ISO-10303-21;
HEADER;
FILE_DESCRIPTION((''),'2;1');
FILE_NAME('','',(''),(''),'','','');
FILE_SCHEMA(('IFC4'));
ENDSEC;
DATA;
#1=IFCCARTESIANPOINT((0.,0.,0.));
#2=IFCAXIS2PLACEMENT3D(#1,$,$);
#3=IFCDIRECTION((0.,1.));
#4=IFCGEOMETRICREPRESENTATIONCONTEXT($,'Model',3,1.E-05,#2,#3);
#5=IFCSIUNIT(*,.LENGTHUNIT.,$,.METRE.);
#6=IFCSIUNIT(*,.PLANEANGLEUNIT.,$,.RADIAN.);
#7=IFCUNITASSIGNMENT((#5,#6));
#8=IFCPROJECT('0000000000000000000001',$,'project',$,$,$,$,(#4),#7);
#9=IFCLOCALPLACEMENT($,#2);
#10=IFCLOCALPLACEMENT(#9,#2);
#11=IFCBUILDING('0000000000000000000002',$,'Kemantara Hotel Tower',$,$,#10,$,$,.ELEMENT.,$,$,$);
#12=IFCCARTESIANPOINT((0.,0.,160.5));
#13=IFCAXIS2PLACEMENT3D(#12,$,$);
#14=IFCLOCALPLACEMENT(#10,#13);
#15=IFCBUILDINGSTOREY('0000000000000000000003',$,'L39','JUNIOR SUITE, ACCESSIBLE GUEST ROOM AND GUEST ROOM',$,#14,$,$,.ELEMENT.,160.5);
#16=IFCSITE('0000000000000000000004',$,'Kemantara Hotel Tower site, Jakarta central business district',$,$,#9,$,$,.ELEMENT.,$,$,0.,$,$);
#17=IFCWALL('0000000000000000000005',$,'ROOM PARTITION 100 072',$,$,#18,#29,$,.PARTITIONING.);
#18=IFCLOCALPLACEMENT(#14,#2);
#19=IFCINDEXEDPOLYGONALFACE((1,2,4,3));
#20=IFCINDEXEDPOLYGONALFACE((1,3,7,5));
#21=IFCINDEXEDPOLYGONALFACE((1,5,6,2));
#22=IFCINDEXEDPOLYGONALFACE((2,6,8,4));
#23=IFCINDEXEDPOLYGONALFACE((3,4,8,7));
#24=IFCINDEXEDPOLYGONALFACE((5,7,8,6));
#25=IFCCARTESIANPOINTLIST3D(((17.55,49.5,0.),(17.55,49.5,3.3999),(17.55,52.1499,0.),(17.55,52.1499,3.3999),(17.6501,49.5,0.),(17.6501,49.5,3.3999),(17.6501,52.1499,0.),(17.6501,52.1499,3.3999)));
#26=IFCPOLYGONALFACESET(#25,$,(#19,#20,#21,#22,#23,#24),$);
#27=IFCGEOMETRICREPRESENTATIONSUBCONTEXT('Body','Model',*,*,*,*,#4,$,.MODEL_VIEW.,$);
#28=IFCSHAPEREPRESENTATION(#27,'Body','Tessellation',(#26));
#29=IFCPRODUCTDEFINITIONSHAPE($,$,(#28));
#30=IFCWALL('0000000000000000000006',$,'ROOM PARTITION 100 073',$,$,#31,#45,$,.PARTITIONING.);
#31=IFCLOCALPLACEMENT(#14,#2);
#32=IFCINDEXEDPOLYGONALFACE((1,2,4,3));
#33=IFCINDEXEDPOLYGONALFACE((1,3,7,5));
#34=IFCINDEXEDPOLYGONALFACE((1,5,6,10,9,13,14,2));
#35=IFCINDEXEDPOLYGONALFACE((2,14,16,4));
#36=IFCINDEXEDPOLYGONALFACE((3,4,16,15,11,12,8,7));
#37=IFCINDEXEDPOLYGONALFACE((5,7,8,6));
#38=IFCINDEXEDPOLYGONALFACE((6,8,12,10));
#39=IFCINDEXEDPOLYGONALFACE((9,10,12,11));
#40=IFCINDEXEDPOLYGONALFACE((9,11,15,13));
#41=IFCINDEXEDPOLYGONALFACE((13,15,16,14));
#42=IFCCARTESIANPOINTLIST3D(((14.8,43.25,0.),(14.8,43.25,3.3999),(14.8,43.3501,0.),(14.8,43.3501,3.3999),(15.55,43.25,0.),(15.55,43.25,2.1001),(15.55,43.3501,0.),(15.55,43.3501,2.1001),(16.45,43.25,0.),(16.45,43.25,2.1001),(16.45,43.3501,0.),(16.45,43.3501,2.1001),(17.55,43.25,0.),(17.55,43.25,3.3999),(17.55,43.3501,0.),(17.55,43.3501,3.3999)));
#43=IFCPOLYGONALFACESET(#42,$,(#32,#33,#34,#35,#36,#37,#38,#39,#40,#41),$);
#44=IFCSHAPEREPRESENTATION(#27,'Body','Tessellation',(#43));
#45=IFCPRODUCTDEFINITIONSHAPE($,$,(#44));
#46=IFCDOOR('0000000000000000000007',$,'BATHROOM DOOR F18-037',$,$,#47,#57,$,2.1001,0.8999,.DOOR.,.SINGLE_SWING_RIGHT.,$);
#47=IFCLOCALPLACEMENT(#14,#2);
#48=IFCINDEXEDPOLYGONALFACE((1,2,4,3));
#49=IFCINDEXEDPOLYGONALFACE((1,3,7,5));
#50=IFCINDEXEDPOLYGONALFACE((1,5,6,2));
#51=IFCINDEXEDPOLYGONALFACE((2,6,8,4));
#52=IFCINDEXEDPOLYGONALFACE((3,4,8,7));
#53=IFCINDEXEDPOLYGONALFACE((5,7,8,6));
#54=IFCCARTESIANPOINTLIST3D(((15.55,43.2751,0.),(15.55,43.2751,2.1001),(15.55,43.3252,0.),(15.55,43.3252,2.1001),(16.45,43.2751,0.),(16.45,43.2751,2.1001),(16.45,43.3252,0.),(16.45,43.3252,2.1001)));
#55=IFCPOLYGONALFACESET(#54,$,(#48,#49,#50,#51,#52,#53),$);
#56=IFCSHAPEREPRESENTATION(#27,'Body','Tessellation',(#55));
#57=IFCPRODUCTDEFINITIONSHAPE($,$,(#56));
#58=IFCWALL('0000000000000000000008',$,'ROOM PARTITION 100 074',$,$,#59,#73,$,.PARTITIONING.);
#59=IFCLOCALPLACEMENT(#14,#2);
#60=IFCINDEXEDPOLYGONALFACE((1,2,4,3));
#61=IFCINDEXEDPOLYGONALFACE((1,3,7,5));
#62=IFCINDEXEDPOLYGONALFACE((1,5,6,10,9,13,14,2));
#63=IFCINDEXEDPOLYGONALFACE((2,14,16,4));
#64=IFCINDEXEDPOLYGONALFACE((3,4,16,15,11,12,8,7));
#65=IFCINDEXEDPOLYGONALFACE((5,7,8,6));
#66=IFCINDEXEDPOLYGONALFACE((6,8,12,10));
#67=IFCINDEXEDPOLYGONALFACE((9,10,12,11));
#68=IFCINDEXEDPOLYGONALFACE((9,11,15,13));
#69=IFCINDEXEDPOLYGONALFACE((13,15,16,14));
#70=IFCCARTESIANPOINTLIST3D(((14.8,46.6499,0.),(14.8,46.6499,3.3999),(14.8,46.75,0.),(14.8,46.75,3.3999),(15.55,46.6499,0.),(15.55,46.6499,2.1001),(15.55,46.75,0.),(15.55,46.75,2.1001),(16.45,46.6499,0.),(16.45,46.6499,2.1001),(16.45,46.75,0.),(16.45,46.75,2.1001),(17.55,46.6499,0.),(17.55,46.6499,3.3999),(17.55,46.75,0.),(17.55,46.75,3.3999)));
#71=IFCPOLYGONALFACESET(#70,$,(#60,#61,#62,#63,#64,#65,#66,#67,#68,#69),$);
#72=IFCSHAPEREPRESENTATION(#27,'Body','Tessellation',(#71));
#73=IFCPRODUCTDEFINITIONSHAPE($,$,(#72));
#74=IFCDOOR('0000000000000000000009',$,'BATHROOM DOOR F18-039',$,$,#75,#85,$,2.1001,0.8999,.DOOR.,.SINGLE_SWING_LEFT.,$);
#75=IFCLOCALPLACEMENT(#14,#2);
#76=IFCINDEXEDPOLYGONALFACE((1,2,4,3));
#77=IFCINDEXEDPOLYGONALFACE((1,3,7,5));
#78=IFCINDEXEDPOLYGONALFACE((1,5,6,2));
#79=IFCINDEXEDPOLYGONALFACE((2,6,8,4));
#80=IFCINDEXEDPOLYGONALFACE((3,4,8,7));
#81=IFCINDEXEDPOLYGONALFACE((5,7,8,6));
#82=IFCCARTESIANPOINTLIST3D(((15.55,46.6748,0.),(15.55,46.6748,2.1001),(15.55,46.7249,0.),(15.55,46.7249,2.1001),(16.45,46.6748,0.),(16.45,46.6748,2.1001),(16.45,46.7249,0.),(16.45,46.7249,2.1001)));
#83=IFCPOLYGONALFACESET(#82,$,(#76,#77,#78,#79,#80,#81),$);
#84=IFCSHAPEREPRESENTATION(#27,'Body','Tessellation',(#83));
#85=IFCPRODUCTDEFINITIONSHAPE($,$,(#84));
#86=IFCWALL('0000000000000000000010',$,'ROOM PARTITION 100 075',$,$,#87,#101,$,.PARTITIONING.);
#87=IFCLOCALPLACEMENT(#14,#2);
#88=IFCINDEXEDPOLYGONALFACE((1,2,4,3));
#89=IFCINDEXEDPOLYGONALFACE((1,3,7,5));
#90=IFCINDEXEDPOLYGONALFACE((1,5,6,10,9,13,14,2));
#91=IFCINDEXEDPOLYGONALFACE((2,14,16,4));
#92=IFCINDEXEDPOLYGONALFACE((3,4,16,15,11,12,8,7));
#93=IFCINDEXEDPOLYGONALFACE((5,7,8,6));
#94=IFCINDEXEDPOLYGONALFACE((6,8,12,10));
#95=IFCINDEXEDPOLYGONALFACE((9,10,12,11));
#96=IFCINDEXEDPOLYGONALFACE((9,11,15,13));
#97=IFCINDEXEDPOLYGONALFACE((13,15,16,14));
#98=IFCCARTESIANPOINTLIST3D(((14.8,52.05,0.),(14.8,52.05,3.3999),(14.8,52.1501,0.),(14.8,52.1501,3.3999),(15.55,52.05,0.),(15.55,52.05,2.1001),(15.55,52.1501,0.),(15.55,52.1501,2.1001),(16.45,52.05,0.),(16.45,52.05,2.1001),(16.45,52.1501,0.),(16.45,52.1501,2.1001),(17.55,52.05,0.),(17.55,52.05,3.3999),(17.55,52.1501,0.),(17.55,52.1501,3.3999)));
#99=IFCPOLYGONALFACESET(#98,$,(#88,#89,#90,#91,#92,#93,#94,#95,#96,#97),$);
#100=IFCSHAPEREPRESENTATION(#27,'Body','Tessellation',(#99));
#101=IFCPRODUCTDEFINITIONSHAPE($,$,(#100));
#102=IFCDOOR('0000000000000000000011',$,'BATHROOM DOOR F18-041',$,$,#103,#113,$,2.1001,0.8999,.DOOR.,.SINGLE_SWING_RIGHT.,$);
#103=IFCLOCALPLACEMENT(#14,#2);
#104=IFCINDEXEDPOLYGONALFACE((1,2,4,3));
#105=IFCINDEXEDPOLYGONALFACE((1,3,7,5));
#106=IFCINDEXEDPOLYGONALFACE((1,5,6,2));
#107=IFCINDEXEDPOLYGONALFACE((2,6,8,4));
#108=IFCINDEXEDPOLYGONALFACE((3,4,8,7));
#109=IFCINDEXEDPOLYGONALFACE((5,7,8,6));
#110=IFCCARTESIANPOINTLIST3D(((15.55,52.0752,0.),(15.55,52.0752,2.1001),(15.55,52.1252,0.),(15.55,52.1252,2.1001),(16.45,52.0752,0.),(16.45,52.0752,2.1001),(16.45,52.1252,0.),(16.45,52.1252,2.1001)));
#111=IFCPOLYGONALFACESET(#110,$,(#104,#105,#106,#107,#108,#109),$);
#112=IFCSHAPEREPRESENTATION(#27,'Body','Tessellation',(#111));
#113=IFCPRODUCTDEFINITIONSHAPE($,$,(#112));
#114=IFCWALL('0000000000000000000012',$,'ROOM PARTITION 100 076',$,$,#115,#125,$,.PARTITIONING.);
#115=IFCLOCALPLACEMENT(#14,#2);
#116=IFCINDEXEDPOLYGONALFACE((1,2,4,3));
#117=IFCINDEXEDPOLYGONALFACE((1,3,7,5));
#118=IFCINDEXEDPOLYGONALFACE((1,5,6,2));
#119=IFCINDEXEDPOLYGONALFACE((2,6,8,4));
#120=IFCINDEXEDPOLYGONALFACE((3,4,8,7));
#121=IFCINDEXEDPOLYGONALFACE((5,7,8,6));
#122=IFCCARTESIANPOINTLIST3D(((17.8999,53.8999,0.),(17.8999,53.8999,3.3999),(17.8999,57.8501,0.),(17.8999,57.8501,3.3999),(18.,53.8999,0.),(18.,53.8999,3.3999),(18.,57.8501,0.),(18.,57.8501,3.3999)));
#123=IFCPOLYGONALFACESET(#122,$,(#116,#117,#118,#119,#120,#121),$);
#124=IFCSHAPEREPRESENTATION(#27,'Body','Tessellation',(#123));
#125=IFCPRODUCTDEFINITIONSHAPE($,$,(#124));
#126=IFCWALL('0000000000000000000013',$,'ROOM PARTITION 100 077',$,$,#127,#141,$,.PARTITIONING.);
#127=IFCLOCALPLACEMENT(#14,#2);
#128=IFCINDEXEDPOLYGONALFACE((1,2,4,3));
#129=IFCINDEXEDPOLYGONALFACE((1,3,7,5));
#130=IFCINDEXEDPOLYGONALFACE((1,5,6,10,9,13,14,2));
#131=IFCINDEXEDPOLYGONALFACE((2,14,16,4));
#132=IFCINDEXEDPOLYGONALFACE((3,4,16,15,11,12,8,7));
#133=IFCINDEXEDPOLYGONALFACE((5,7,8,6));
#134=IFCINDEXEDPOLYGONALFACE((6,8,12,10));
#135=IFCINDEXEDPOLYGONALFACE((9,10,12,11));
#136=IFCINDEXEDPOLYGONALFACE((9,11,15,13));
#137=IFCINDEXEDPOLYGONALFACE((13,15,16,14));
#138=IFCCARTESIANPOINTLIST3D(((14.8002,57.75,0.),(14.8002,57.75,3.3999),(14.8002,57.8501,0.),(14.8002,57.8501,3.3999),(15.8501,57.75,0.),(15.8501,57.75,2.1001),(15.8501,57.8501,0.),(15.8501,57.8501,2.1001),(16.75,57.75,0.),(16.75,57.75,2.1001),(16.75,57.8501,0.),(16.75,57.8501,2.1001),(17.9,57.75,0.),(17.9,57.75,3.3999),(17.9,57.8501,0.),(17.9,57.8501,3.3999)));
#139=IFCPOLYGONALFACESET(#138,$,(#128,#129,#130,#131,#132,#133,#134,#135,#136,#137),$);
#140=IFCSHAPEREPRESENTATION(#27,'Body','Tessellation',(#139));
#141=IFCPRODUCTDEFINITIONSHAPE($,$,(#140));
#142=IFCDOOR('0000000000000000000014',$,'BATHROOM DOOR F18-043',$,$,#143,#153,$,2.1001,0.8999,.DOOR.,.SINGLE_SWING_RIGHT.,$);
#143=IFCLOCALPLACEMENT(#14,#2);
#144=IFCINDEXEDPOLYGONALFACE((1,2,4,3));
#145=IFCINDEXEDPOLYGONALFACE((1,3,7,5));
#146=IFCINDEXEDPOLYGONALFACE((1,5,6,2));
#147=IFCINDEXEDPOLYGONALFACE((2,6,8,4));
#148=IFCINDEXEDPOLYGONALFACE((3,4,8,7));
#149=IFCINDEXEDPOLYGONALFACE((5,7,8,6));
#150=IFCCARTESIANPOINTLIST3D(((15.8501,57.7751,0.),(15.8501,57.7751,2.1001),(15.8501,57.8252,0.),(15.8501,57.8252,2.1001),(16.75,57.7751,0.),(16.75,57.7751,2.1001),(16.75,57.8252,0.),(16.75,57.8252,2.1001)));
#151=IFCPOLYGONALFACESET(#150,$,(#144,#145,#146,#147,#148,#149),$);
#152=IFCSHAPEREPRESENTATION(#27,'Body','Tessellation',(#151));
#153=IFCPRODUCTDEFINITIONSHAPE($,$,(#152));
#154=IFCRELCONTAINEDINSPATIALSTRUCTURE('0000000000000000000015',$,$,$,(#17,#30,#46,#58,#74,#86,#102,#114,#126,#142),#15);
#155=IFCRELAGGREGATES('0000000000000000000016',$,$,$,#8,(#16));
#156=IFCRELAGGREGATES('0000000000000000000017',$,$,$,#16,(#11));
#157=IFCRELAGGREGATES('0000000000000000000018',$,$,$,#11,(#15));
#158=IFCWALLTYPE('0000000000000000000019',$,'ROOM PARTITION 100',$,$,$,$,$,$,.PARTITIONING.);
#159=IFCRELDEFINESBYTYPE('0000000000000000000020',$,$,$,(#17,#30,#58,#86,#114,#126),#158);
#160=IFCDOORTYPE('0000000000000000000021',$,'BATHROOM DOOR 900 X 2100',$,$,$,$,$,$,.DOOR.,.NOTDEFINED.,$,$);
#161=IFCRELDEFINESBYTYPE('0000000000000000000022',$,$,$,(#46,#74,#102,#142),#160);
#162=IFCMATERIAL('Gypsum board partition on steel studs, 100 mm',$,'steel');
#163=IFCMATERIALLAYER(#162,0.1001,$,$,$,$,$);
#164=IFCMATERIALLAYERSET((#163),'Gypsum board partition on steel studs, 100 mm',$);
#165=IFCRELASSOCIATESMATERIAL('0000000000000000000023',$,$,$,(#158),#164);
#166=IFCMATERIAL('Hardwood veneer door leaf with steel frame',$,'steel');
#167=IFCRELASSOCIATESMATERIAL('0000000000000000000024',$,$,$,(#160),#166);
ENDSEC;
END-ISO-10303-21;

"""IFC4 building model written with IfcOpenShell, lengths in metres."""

from ifc_helpers import new_model, si_unit, direction, frame, frame_2d, origin, place, context, subcontext, project, spatial, rectangle, extrude, material, layer, layer_set, type_object, element, fill, save


model = new_model("IFC4")

# Units and contexts
model_context = context("Model", 3, precision=1e-05, world=origin(), true_north=direction((0.0, 1.0)))
body_context = subcontext(model_context, "Body", "Model", "MODEL_VIEW")
ifc_project = project(units=[si_unit("LENGTHUNIT", "METRE"), si_unit("PLANEANGLEUNIT", "RADIAN")], contexts=[model_context])

# Site, building, storey
site_placement = place(None, origin())
site = spatial("IfcSite", under=ifc_project, at=site_placement, Name="Kemantara Hotel Tower site, Jakarta central business district", CompositionType="ELEMENT", RefElevation=0.0)
building_placement = place(site_placement, origin())
building = spatial("IfcBuilding", under=site, at=building_placement, Name="Kemantara Hotel Tower", CompositionType="ELEMENT")
storey_placement = place(building_placement, frame((0.0, 0.0, 160.5)))
storey = spatial("IfcBuildingStorey", under=building, at=storey_placement, Name="L39", Description="JUNIOR SUITE, ACCESSIBLE GUEST ROOM AND GUEST ROOM", CompositionType="ELEMENT", Elevation=160.5)

# Shared definitions
ifc_material_1 = material(Name="Gypsum board partition on steel studs, 100 mm", Category="steel")
ifc_layer_1 = layer(ifc_material_1, 0.1001)
ifc_layer_set_1 = layer_set([ifc_layer_1], Name="Gypsum board partition on steel studs, 100 mm")
wall_type_1 = type_object("IfcWallType", Name="ROOM PARTITION 100", PredefinedType="PARTITIONING", material=ifc_layer_set_1)

# Shared definitions
ifc_material_2 = material(Name="Hardwood veneer door leaf with steel frame", Category="steel")

# Wall
wall_1_placement = place(storey_placement, frame((17.6001, 49.5, 0.0), z_axis=(0.0, 0.0, 1.0), x_axis=(0.0, 1.0, 0.0)))
element("IfcWall", 1, at=wall_1_placement, inside=storey, type_object=wall_type_1, Name="ROOM PARTITION 100 072", PredefinedType="PARTITIONING", context=body_context, shape_type="SweptSolid", body=[
    extrude(rectangle(XDim=2.6499, YDim=0.1001, at=frame_2d((1.325, 0.0))), origin(), (0.0, 0.0, 1.0), 3.3999),
])

# Walls, openings, doors
wall_2_placement = place(storey_placement, frame((17.55, 43.3, 0.0), z_axis=(0.0, 0.0, 1.0), x_axis=(-1.0, 0.0, 0.0)))
wall_2 = element("IfcWall", 2, at=wall_2_placement, inside=storey, type_object=wall_type_1, Name="ROOM PARTITION 100 073", PredefinedType="PARTITIONING", context=body_context, shape_type="SweptSolid", body=[
    extrude(rectangle(XDim=2.75, YDim=0.1001, at=frame_2d((1.375, 0.0))), origin(), (0.0, 0.0, 1.0), 3.3999),
])
opening_1_placement = place(wall_2_placement, frame((1.1001, 0.0, 0.0)))
opening_1 = element("IfcOpeningElement", 3, at=opening_1_placement, cuts=wall_2, PredefinedType="OPENING", context=body_context, shape_type="SweptSolid", body=[
    extrude(rectangle(XDim=0.8999, YDim=2.1001, at=frame_2d((0.45, 1.05))), frame((0.0, 0.0601, 0.0), z_axis=(0.0, -1.0, 0.0), x_axis=(1.0, 0.0, 0.0)), (0.0, 0.0, 1.0), 0.1201),
])
door_type_1 = type_object("IfcDoorType", Name="BATHROOM DOOR 900 X 2100", OperationType="NOTDEFINED", PredefinedType="DOOR", material=ifc_material_2)
door_1_placement = place(opening_1_placement, origin())
door_1 = element("IfcDoor", 4, at=door_1_placement, inside=storey, type_object=door_type_1, Name="BATHROOM DOOR F18-037", OperationType="SINGLE_SWING_RIGHT", OverallHeight=2.1001, OverallWidth=0.8999, PredefinedType="DOOR", context=body_context, shape_type="SweptSolid", body=[
    extrude(rectangle(XDim=0.8999, YDim=2.1001, at=frame_2d((0.45, 1.05))), frame((0.0, 0.0249, 0.0), z_axis=(0.0, -1.0, 0.0), x_axis=(1.0, 0.0, 0.0)), (0.0, 0.0, 1.0), 0.05),
])
fill(opening_1, door_1)
wall_3_placement = place(storey_placement, frame((14.8, 46.7, 0.0), z_axis=(0.0, 0.0, 1.0), x_axis=(1.0, 0.0, 0.0)))
wall_3 = element("IfcWall", 5, at=wall_3_placement, inside=storey, type_object=wall_type_1, Name="ROOM PARTITION 100 074", PredefinedType="PARTITIONING", context=body_context, shape_type="SweptSolid", body=[
    extrude(rectangle(XDim=2.75, YDim=0.1001, at=frame_2d((1.375, 0.0))), origin(), (0.0, 0.0, 1.0), 3.3999),
])
opening_2_placement = place(wall_3_placement, frame((0.75, 0.0, 0.0)))
opening_2 = element("IfcOpeningElement", 6, at=opening_2_placement, cuts=wall_3, PredefinedType="OPENING", context=body_context, shape_type="SweptSolid", body=[
    extrude(rectangle(XDim=0.8999, YDim=2.1001, at=frame_2d((0.45, 1.05))), frame((0.0, 0.0601, 0.0), z_axis=(0.0, -1.0, 0.0), x_axis=(1.0, 0.0, 0.0)), (0.0, 0.0, 1.0), 0.1201),
])
door_2_placement = place(opening_2_placement, origin())
door_2 = element("IfcDoor", 7, at=door_2_placement, inside=storey, type_object=door_type_1, Name="BATHROOM DOOR F18-039", OperationType="SINGLE_SWING_LEFT", OverallHeight=2.1001, OverallWidth=0.8999, PredefinedType="DOOR", context=body_context, shape_type="SweptSolid", body=[
    extrude(rectangle(XDim=0.8999, YDim=2.1001, at=frame_2d((0.45, 1.05))), frame((0.0, 0.0249, 0.0), z_axis=(0.0, -1.0, 0.0), x_axis=(1.0, 0.0, 0.0)), (0.0, 0.0, 1.0), 0.05),
])
fill(opening_2, door_2)
wall_4_placement = place(storey_placement, frame((17.55, 52.1001, 0.0), z_axis=(0.0, 0.0, 1.0), x_axis=(-1.0, 0.0, 0.0)))
wall_4 = element("IfcWall", 8, at=wall_4_placement, inside=storey, type_object=wall_type_1, Name="ROOM PARTITION 100 075", PredefinedType="PARTITIONING", context=body_context, shape_type="SweptSolid", body=[
    extrude(rectangle(XDim=2.75, YDim=0.1001, at=frame_2d((1.375, 0.0))), origin(), (0.0, 0.0, 1.0), 3.3999),
])
opening_3_placement = place(wall_4_placement, frame((1.1001, 0.0, 0.0)))
opening_3 = element("IfcOpeningElement", 9, at=opening_3_placement, cuts=wall_4, PredefinedType="OPENING", context=body_context, shape_type="SweptSolid", body=[
    extrude(rectangle(XDim=0.8999, YDim=2.1001, at=frame_2d((0.45, 1.05))), frame((0.0, 0.0601, 0.0), z_axis=(0.0, -1.0, 0.0), x_axis=(1.0, 0.0, 0.0)), (0.0, 0.0, 1.0), 0.1201),
])
door_3_placement = place(opening_3_placement, origin())
door_3 = element("IfcDoor", 10, at=door_3_placement, inside=storey, type_object=door_type_1, Name="BATHROOM DOOR F18-041", OperationType="SINGLE_SWING_RIGHT", OverallHeight=2.1001, OverallWidth=0.8999, PredefinedType="DOOR", context=body_context, shape_type="SweptSolid", body=[
    extrude(rectangle(XDim=0.8999, YDim=2.1001, at=frame_2d((0.45, 1.05))), frame((0.0, 0.0249, 0.0), z_axis=(0.0, -1.0, 0.0), x_axis=(1.0, 0.0, 0.0)), (0.0, 0.0, 1.0), 0.05),
])
fill(opening_3, door_3)

# Wall
wall_5_placement = place(storey_placement, frame((17.95, 53.8999, 0.0), z_axis=(0.0, 0.0, 1.0), x_axis=(0.0, 1.0, 0.0)))
element("IfcWall", 11, at=wall_5_placement, inside=storey, type_object=wall_type_1, Name="ROOM PARTITION 100 076", PredefinedType="PARTITIONING", context=body_context, shape_type="SweptSolid", body=[
    extrude(rectangle(XDim=3.9502, YDim=0.1001, at=frame_2d((1.9751, 0.0))), origin(), (0.0, 0.0, 1.0), 3.3999),
])

# Wall, opening, door
wall_6_placement = place(storey_placement, frame((17.8999, 57.8, 0.0), z_axis=(0.0, 0.0, 1.0), x_axis=(-1.0, 0.0, 0.0)))
wall_6 = element("IfcWall", 12, at=wall_6_placement, inside=storey, type_object=wall_type_1, Name="ROOM PARTITION 100 077", PredefinedType="PARTITIONING", context=body_context, shape_type="SweptSolid", body=[
    extrude(rectangle(XDim=3.0999, YDim=0.1001, at=frame_2d((1.5498, 0.0))), origin(), (0.0, 0.0, 1.0), 3.3999),
])
opening_4_placement = place(wall_6_placement, frame((1.1499, 0.0, 0.0)))
opening_4 = element("IfcOpeningElement", 13, at=opening_4_placement, cuts=wall_6, PredefinedType="OPENING", context=body_context, shape_type="SweptSolid", body=[
    extrude(rectangle(XDim=0.8999, YDim=2.1001, at=frame_2d((0.45, 1.05))), frame((0.0, 0.0601, 0.0), z_axis=(0.0, -1.0, 0.0), x_axis=(1.0, 0.0, 0.0)), (0.0, 0.0, 1.0), 0.1201),
])
door_4_placement = place(opening_4_placement, origin())
door_4 = element("IfcDoor", 14, at=door_4_placement, inside=storey, type_object=door_type_1, Name="BATHROOM DOOR F18-043", OperationType="SINGLE_SWING_RIGHT", OverallHeight=2.1001, OverallWidth=0.8999, PredefinedType="DOOR", context=body_context, shape_type="SweptSolid", body=[
    extrude(rectangle(XDim=0.8999, YDim=2.1001, at=frame_2d((0.45, 1.05))), frame((0.0, 0.0249, 0.0), z_axis=(0.0, -1.0, 0.0), x_axis=(1.0, 0.0, 0.0)), (0.0, 0.0, 1.0), 0.05),
])
fill(opening_4, door_4)

save(model, "model.ifc")
